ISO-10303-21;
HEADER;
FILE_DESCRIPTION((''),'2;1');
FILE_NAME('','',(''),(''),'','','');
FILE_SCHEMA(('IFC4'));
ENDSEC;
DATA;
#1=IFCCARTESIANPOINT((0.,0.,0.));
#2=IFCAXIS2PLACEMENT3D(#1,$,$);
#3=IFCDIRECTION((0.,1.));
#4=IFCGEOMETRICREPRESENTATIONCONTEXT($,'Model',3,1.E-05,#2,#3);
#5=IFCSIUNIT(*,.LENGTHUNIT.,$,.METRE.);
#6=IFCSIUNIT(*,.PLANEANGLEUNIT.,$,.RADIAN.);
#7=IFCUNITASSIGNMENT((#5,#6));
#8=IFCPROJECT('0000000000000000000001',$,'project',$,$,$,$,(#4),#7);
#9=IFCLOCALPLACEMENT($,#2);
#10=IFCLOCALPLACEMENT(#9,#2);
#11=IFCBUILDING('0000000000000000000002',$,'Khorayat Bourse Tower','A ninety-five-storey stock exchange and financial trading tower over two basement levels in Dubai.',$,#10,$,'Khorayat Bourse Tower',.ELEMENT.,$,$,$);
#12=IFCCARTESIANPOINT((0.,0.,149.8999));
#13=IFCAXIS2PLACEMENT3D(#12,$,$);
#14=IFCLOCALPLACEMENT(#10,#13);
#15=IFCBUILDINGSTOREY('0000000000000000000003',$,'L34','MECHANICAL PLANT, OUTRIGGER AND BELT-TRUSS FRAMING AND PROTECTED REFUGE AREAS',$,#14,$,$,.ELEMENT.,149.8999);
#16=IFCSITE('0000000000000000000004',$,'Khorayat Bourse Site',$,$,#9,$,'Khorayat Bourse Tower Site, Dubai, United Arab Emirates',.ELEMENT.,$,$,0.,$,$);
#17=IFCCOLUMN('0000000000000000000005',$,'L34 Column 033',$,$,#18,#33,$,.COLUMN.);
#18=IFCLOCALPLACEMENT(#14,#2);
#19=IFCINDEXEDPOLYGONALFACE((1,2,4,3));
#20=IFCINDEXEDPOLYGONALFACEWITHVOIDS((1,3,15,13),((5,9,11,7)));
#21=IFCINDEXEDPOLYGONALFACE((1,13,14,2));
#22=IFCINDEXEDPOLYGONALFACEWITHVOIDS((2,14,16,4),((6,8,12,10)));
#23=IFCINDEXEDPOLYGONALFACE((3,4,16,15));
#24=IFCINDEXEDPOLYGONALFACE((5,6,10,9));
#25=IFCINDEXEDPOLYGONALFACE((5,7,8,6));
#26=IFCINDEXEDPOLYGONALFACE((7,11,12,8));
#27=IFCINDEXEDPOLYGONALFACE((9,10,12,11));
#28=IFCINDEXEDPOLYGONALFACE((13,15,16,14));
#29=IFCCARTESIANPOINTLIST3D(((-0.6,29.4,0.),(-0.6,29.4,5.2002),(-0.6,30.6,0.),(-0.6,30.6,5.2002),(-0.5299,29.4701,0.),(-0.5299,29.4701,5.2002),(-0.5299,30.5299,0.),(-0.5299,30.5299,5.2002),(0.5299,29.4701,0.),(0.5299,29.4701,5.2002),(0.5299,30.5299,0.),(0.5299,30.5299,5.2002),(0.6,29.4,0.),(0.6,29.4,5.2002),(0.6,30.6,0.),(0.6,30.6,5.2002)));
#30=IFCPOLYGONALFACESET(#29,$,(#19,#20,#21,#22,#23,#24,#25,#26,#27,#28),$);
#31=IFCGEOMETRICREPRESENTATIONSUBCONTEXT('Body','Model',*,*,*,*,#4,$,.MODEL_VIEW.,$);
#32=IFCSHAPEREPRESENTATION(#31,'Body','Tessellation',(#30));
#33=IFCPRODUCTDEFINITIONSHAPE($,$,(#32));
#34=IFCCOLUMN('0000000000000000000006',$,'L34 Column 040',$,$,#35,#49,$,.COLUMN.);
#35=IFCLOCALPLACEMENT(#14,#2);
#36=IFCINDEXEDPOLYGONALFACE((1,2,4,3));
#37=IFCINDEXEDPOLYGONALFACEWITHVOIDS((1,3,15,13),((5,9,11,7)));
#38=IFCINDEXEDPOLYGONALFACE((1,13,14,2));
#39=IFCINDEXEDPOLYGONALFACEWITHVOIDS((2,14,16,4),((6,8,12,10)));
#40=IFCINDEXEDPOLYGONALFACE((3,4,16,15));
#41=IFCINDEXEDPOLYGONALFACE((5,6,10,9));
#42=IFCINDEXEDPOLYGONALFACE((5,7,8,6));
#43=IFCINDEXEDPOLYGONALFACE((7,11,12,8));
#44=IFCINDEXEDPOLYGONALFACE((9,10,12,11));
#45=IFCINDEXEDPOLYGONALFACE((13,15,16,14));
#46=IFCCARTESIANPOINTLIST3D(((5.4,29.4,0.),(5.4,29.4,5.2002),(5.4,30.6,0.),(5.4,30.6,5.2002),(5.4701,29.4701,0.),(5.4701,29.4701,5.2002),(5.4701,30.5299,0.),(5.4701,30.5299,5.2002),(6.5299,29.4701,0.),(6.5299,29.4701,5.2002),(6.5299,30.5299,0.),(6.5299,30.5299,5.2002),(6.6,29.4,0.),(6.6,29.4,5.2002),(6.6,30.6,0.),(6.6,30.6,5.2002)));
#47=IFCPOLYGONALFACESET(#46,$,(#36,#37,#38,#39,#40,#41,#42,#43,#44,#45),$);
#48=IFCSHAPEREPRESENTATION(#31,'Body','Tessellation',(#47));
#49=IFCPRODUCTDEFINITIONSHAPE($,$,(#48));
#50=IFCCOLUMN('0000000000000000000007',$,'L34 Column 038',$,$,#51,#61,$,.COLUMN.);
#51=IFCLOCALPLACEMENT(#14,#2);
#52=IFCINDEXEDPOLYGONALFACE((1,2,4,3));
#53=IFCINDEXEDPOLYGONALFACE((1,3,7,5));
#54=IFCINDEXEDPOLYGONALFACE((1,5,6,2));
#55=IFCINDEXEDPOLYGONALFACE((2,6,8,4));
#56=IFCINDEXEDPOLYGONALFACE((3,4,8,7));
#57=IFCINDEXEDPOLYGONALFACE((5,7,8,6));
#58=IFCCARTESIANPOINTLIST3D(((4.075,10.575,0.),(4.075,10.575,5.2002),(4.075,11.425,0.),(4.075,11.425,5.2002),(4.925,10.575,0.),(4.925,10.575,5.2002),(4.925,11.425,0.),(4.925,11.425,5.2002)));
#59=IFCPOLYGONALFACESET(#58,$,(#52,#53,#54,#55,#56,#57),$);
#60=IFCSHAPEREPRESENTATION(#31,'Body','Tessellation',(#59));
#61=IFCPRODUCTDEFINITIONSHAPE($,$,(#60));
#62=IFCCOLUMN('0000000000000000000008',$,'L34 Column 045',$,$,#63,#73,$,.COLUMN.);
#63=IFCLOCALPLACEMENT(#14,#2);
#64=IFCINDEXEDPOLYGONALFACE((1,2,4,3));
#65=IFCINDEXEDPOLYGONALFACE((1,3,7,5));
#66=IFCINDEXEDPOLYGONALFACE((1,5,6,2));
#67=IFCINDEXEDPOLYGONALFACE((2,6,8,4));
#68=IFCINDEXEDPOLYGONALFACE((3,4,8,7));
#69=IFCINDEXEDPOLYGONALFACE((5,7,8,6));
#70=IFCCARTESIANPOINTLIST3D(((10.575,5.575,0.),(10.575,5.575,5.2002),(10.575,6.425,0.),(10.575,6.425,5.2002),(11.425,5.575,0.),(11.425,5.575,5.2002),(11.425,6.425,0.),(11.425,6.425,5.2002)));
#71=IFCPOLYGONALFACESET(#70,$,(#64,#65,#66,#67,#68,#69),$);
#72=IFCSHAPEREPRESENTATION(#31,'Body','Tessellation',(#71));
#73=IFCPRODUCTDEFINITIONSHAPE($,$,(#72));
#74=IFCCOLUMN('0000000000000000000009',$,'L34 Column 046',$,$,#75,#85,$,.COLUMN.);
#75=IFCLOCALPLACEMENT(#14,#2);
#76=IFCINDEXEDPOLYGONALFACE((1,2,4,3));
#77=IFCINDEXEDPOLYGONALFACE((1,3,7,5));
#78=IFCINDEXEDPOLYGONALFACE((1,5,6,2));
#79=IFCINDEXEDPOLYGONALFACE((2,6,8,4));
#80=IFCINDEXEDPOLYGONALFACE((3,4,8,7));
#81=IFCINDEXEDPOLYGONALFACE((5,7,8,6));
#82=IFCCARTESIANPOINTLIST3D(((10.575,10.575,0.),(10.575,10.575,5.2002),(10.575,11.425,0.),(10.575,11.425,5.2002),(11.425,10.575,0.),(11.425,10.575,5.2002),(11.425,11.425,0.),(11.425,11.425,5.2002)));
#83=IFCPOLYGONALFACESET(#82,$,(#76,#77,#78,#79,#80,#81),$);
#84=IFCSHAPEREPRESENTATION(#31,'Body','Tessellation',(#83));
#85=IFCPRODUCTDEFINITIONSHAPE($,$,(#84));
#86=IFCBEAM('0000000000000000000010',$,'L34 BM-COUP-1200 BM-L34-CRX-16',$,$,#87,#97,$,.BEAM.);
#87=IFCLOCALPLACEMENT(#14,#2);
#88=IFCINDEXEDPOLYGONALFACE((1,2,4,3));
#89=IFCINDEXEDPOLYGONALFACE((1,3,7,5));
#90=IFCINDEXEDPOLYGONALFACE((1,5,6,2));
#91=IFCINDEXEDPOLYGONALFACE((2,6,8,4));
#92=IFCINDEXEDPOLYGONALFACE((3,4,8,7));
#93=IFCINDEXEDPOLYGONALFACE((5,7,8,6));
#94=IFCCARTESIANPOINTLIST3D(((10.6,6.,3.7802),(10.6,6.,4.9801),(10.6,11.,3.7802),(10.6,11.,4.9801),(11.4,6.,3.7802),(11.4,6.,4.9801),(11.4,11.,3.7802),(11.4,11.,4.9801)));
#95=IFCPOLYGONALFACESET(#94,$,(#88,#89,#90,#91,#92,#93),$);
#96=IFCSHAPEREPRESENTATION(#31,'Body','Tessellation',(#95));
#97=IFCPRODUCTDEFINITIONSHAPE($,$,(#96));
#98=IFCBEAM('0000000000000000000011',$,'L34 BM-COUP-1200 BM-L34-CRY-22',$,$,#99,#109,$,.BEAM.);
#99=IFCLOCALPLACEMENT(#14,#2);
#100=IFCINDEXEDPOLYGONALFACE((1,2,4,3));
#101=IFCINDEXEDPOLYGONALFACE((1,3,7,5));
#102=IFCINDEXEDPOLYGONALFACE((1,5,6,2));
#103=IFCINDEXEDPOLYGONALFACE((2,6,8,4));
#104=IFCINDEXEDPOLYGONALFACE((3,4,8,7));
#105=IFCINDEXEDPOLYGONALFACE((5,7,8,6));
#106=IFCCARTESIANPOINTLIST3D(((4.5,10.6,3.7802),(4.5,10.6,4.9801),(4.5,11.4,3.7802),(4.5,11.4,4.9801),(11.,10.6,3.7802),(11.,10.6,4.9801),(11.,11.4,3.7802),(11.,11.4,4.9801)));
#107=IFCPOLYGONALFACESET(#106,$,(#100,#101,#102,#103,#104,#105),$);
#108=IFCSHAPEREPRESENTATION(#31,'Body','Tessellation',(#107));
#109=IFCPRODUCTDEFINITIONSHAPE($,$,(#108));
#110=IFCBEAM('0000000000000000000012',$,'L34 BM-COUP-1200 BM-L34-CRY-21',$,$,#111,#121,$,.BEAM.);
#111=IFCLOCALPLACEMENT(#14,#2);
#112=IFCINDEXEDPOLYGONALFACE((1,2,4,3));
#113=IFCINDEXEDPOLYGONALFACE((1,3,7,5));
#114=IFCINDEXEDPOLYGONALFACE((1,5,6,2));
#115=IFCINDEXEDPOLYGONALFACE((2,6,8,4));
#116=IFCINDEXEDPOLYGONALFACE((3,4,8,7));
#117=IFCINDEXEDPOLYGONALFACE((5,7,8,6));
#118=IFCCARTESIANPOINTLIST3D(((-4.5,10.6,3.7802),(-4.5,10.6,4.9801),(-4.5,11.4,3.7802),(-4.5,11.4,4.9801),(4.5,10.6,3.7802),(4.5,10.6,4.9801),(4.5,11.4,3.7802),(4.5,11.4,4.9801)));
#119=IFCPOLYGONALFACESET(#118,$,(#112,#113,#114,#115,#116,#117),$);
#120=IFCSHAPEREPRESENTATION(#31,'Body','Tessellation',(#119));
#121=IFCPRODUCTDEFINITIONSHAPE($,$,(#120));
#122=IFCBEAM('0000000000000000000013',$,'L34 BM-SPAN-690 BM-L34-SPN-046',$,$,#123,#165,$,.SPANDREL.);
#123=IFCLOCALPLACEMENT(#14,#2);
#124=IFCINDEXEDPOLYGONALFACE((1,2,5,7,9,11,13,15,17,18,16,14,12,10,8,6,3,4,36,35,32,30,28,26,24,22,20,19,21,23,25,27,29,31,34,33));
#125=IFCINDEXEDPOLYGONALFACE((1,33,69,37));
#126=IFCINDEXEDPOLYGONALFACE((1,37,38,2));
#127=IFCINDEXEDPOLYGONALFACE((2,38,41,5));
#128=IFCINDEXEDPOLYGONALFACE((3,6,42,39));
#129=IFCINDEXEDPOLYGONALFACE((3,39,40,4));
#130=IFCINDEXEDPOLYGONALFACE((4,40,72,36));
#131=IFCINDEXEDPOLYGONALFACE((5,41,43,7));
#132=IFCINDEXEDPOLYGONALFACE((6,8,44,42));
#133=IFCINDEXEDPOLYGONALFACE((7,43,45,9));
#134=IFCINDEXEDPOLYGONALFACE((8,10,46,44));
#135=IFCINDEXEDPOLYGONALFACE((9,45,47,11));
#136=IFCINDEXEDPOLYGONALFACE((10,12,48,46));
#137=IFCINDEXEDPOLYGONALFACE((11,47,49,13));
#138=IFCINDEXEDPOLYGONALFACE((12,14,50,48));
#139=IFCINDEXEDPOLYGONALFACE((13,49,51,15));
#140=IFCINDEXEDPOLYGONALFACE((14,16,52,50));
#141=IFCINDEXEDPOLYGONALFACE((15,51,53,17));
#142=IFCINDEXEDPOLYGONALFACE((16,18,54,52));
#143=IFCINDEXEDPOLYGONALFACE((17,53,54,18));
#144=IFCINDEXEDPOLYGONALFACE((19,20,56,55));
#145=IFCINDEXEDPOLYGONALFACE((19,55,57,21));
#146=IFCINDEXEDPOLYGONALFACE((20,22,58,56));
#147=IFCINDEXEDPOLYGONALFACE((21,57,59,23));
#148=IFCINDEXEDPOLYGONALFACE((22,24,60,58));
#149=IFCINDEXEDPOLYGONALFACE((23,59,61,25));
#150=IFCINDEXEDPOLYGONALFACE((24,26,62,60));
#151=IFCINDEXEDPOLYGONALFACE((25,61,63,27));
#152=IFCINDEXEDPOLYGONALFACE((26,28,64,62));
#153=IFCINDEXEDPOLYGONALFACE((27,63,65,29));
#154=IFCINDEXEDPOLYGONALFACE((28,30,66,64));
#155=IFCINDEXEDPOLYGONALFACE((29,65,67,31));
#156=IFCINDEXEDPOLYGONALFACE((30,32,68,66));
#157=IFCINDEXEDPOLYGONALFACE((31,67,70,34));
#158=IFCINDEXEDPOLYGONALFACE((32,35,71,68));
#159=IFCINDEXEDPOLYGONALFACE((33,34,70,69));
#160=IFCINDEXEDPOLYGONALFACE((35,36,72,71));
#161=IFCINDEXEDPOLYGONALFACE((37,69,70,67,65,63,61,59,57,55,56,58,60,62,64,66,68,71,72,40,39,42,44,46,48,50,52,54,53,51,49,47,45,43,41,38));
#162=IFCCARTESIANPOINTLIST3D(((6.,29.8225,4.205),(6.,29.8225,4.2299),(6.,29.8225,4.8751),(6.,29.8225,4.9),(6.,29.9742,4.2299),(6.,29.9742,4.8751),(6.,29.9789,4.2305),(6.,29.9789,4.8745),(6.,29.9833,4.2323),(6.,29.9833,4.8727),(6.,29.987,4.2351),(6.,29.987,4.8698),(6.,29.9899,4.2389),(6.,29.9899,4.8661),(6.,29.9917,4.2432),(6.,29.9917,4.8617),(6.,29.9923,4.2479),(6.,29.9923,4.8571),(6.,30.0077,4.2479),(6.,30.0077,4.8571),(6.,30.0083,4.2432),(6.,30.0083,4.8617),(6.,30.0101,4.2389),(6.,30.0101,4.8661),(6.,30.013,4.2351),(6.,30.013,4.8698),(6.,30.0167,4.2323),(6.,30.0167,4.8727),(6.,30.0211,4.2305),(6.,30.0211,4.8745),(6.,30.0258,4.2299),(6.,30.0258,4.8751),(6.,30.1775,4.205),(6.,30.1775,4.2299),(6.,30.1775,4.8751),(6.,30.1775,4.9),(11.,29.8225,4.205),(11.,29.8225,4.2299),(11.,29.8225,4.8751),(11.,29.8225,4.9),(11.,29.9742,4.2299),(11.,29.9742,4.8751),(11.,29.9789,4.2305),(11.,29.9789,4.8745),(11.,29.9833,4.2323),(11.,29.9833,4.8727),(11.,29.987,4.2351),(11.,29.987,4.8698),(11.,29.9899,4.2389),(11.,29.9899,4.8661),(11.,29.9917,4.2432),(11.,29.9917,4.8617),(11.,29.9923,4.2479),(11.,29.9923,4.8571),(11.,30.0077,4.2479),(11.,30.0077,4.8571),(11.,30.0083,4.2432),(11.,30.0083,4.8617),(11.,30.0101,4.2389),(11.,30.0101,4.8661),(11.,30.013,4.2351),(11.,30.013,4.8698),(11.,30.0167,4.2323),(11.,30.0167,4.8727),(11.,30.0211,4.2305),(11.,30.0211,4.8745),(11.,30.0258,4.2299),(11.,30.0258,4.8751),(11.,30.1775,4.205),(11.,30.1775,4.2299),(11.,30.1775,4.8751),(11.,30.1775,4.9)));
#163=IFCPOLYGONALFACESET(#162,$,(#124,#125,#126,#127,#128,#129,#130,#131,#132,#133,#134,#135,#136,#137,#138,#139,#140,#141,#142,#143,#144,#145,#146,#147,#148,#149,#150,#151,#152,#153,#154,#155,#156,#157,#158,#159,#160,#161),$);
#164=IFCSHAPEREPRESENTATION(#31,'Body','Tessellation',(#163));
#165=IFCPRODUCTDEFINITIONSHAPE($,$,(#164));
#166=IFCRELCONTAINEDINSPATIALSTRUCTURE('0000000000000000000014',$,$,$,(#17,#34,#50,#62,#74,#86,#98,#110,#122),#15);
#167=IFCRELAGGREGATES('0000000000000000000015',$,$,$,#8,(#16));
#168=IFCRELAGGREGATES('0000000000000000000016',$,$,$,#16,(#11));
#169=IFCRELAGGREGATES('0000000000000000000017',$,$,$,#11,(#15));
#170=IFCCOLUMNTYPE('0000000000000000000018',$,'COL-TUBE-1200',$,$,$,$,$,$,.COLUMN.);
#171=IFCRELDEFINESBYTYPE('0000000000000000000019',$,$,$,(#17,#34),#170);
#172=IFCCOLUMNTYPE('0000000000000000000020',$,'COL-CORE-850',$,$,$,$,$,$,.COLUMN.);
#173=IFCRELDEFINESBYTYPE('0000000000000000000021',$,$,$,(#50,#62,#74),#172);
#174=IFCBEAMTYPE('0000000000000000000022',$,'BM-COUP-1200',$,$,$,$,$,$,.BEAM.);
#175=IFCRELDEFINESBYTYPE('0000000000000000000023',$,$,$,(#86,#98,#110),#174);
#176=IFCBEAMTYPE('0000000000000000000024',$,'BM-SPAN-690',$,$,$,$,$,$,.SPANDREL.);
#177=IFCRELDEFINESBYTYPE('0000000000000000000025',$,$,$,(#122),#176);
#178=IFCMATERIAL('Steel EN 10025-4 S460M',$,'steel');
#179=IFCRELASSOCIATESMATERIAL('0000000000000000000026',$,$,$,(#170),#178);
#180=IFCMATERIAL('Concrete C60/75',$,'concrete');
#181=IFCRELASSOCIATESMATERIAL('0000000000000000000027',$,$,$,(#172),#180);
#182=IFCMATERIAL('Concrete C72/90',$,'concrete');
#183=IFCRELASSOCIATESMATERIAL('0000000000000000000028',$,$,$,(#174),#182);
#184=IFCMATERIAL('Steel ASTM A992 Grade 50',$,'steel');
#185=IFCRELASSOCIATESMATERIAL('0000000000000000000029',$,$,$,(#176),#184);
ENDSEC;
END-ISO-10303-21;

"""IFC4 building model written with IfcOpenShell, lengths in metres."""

from ifc_helpers import new_model, si_unit, direction, frame, origin, origin_2d, place, context, subcontext, project, spatial, rectangle, hollow_rectangle, i_section, extrude, source, transform, mapped, material, material_profile, profile_set, type_object, element, save


model = new_model("IFC4")

# Units and contexts
model_context = context("Model", 3, precision=1e-05, world=origin(), true_north=direction((0.0, 1.0)))
body_context = subcontext(model_context, "Body", "Model", "MODEL_VIEW")
ifc_project = project(units=[si_unit("LENGTHUNIT", "METRE"), si_unit("PLANEANGLEUNIT", "RADIAN")], contexts=[model_context])

# Site, building, storey
site_placement = place(None, origin())
site = spatial("IfcSite", under=ifc_project, at=site_placement, Name="Khorayat Bourse Site", LongName="Khorayat Bourse Tower Site, Dubai, United Arab Emirates", CompositionType="ELEMENT", RefElevation=0.0)
building_placement = place(site_placement, origin())
building = spatial("IfcBuilding", under=site, at=building_placement, Name="Khorayat Bourse Tower", Description="A ninety-five-storey stock exchange and financial trading tower over two basement levels in Dubai.", LongName="Khorayat Bourse Tower", CompositionType="ELEMENT")
storey_placement = place(building_placement, frame((0.0, 0.0, 149.8999)))
storey = spatial("IfcBuildingStorey", under=building, at=storey_placement, Name="L34", Description="MECHANICAL PLANT, OUTRIGGER AND BELT-TRUSS FRAMING AND PROTECTED REFUGE AREAS", CompositionType="ELEMENT", Elevation=149.8999)

# Columns
ifc_material_1 = material(Name="Steel EN 10025-4 S460M", Category="steel")
ifc_material_profile_1 = material_profile(ifc_material_1, hollow_rectangle(XDim=1.2, YDim=1.2, WallThickness=0.0701, at=origin_2d()), Name="BOX 1200x1200x70")
ifc_profile_set_1 = profile_set([ifc_material_profile_1], Name="Steel EN 10025-4 S460M")
column_type_1 = type_object("IfcColumnType", Name="COL-TUBE-1200", PredefinedType="COLUMN", material=ifc_profile_set_1)
shared_shape_1 = source(origin(), body_context, "Body", "SweptSolid", [
    extrude(hollow_rectangle(XDim=1.2, YDim=1.2, WallThickness=0.0701, at=origin_2d()), origin(), (0.0, 0.0, 1.0), 5.2002),
])
for number, where, z_axis, x_axis, name in (
    (1, (0.0, 30.0, 0.0), (0.0, 0.0, 1.0), (1.0, 0.0, 0.0), "L34 Column 033"),
    (2, (6.0, 30.0, 0.0), (0.0, 0.0, 1.0), (1.0, 0.0, 0.0), "L34 Column 040"),
):
    element("IfcColumn", number, at=place(storey_placement, frame(where, z_axis=z_axis, x_axis=x_axis)), inside=storey, type_object=column_type_1, Name=name, PredefinedType="COLUMN", context=body_context, shape_type="MappedRepresentation", body=[
        mapped(shared_shape_1, transform((0.0, 0.0, 0.0), scale=1.0)),
    ])
ifc_material_2 = material(Name="Concrete C60/75", Category="concrete")
ifc_material_profile_2 = material_profile(ifc_material_2, rectangle(XDim=0.8501, YDim=0.8501, at=origin_2d()), Name="RC 850x850")
ifc_profile_set_2 = profile_set([ifc_material_profile_2], Name="Concrete C60/75")
column_type_2 = type_object("IfcColumnType", Name="COL-CORE-850", PredefinedType="COLUMN", material=ifc_profile_set_2)
shared_shape_2 = source(origin(), body_context, "Body", "SweptSolid", [
    extrude(rectangle(XDim=0.8501, YDim=0.8501, at=origin_2d()), origin(), (0.0, 0.0, 1.0), 5.2002),
])
for number, where, z_axis, x_axis, name in (
    (3, (4.5, 11.0, 0.0), (0.0, 0.0, 1.0), (1.0, 0.0, 0.0), "L34 Column 038"),
    (4, (11.0, 6.0, 0.0), (0.0, 0.0, 1.0), (1.0, 0.0, 0.0), "L34 Column 045"),
    (5, (11.0, 11.0, 0.0), (0.0, 0.0, 1.0), (1.0, 0.0, 0.0), "L34 Column 046"),
):
    element("IfcColumn", number, at=place(storey_placement, frame(where, z_axis=z_axis, x_axis=x_axis)), inside=storey, type_object=column_type_2, Name=name, PredefinedType="COLUMN", context=body_context, shape_type="MappedRepresentation", body=[
        mapped(shared_shape_2, transform((0.0, 0.0, 0.0), scale=1.0)),
    ])

# Beams
ifc_material_3 = material(Name="Concrete C72/90", Category="concrete")
ifc_material_profile_3 = material_profile(ifc_material_3, rectangle(XDim=0.8, YDim=1.2, at=origin_2d()), Name="RC 800x1200")
ifc_profile_set_3 = profile_set([ifc_material_profile_3], Name="Concrete C72/90")
beam_type_1 = type_object("IfcBeamType", Name="BM-COUP-1200", PredefinedType="BEAM", material=ifc_profile_set_3)
shared_shape_3 = source(origin(), body_context, "Body", "SweptSolid", [
    extrude(rectangle(XDim=0.8, YDim=1.2, at=origin_2d()), origin(), (0.0, 0.0, 1.0), 5.0),
])
beam_1_placement = place(storey_placement, frame((11.0, 6.0, 4.3801), z_axis=(0.0, 1.0, 0.0), x_axis=(-1.0, 0.0, 0.0)))
element("IfcBeam", 6, at=beam_1_placement, inside=storey, type_object=beam_type_1, Name="L34 BM-COUP-1200 BM-L34-CRX-16", PredefinedType="BEAM", context=body_context, shape_type="MappedRepresentation", body=[
    mapped(shared_shape_3, transform((0.0, 0.0, 0.0), scale=1.0)),
])
shared_shape_4 = source(origin(), body_context, "Body", "SweptSolid", [
    extrude(rectangle(XDim=0.8, YDim=1.2, at=origin_2d()), origin(), (0.0, 0.0, 1.0), 6.5),
])
beam_2_placement = place(storey_placement, frame((4.5, 11.0, 4.3801), z_axis=(1.0, 0.0, 0.0), x_axis=(0.0, 1.0, 0.0)))
element("IfcBeam", 7, at=beam_2_placement, inside=storey, type_object=beam_type_1, Name="L34 BM-COUP-1200 BM-L34-CRY-22", PredefinedType="BEAM", context=body_context, shape_type="MappedRepresentation", body=[
    mapped(shared_shape_4, transform((0.0, 0.0, 0.0), scale=1.0)),
])
shared_shape_5 = source(origin(), body_context, "Body", "SweptSolid", [
    extrude(rectangle(XDim=0.8, YDim=1.2, at=origin_2d()), origin(), (0.0, 0.0, 1.0), 9.0),
])
beam_3_placement = place(storey_placement, frame((-4.5, 11.0, 4.3801), z_axis=(1.0, 0.0, 0.0), x_axis=(0.0, 1.0, 0.0)))
element("IfcBeam", 8, at=beam_3_placement, inside=storey, type_object=beam_type_1, Name="L34 BM-COUP-1200 BM-L34-CRY-21", PredefinedType="BEAM", context=body_context, shape_type="MappedRepresentation", body=[
    mapped(shared_shape_5, transform((0.0, 0.0, 0.0), scale=1.0)),
])
ifc_material_4 = material(Name="Steel ASTM A992 Grade 50", Category="steel")
ifc_material_profile_4 = material_profile(ifc_material_4, i_section(OverallWidth=0.355, OverallDepth=0.6951, WebThickness=0.0154, FlangeThickness=0.0249, FilletRadius=0.0181, at=origin_2d()), Name="W690X217")
ifc_profile_set_4 = profile_set([ifc_material_profile_4], Name="Steel ASTM A992 Grade 50")
beam_type_2 = type_object("IfcBeamType", Name="BM-SPAN-690", PredefinedType="SPANDREL", material=ifc_profile_set_4)
shared_shape_6 = source(origin(), body_context, "Body", "SweptSolid", [
    extrude(i_section(OverallWidth=0.355, OverallDepth=0.6951, WebThickness=0.0154, FlangeThickness=0.0249, FilletRadius=0.0181, at=origin_2d()), origin(), (0.0, 0.0, 1.0), 5.0),
])
beam_4_placement = place(storey_placement, frame((6.0, 30.0, 4.5525), z_axis=(1.0, 0.0, 0.0), x_axis=(0.0, 1.0, 0.0)))
element("IfcBeam", 9, at=beam_4_placement, inside=storey, type_object=beam_type_2, Name="L34 BM-SPAN-690 BM-L34-SPN-046", PredefinedType="SPANDREL", context=body_context, shape_type="MappedRepresentation", body=[
    mapped(shared_shape_6, transform((0.0, 0.0, 0.0), scale=1.0)),
])

save(model, "model.ifc")
